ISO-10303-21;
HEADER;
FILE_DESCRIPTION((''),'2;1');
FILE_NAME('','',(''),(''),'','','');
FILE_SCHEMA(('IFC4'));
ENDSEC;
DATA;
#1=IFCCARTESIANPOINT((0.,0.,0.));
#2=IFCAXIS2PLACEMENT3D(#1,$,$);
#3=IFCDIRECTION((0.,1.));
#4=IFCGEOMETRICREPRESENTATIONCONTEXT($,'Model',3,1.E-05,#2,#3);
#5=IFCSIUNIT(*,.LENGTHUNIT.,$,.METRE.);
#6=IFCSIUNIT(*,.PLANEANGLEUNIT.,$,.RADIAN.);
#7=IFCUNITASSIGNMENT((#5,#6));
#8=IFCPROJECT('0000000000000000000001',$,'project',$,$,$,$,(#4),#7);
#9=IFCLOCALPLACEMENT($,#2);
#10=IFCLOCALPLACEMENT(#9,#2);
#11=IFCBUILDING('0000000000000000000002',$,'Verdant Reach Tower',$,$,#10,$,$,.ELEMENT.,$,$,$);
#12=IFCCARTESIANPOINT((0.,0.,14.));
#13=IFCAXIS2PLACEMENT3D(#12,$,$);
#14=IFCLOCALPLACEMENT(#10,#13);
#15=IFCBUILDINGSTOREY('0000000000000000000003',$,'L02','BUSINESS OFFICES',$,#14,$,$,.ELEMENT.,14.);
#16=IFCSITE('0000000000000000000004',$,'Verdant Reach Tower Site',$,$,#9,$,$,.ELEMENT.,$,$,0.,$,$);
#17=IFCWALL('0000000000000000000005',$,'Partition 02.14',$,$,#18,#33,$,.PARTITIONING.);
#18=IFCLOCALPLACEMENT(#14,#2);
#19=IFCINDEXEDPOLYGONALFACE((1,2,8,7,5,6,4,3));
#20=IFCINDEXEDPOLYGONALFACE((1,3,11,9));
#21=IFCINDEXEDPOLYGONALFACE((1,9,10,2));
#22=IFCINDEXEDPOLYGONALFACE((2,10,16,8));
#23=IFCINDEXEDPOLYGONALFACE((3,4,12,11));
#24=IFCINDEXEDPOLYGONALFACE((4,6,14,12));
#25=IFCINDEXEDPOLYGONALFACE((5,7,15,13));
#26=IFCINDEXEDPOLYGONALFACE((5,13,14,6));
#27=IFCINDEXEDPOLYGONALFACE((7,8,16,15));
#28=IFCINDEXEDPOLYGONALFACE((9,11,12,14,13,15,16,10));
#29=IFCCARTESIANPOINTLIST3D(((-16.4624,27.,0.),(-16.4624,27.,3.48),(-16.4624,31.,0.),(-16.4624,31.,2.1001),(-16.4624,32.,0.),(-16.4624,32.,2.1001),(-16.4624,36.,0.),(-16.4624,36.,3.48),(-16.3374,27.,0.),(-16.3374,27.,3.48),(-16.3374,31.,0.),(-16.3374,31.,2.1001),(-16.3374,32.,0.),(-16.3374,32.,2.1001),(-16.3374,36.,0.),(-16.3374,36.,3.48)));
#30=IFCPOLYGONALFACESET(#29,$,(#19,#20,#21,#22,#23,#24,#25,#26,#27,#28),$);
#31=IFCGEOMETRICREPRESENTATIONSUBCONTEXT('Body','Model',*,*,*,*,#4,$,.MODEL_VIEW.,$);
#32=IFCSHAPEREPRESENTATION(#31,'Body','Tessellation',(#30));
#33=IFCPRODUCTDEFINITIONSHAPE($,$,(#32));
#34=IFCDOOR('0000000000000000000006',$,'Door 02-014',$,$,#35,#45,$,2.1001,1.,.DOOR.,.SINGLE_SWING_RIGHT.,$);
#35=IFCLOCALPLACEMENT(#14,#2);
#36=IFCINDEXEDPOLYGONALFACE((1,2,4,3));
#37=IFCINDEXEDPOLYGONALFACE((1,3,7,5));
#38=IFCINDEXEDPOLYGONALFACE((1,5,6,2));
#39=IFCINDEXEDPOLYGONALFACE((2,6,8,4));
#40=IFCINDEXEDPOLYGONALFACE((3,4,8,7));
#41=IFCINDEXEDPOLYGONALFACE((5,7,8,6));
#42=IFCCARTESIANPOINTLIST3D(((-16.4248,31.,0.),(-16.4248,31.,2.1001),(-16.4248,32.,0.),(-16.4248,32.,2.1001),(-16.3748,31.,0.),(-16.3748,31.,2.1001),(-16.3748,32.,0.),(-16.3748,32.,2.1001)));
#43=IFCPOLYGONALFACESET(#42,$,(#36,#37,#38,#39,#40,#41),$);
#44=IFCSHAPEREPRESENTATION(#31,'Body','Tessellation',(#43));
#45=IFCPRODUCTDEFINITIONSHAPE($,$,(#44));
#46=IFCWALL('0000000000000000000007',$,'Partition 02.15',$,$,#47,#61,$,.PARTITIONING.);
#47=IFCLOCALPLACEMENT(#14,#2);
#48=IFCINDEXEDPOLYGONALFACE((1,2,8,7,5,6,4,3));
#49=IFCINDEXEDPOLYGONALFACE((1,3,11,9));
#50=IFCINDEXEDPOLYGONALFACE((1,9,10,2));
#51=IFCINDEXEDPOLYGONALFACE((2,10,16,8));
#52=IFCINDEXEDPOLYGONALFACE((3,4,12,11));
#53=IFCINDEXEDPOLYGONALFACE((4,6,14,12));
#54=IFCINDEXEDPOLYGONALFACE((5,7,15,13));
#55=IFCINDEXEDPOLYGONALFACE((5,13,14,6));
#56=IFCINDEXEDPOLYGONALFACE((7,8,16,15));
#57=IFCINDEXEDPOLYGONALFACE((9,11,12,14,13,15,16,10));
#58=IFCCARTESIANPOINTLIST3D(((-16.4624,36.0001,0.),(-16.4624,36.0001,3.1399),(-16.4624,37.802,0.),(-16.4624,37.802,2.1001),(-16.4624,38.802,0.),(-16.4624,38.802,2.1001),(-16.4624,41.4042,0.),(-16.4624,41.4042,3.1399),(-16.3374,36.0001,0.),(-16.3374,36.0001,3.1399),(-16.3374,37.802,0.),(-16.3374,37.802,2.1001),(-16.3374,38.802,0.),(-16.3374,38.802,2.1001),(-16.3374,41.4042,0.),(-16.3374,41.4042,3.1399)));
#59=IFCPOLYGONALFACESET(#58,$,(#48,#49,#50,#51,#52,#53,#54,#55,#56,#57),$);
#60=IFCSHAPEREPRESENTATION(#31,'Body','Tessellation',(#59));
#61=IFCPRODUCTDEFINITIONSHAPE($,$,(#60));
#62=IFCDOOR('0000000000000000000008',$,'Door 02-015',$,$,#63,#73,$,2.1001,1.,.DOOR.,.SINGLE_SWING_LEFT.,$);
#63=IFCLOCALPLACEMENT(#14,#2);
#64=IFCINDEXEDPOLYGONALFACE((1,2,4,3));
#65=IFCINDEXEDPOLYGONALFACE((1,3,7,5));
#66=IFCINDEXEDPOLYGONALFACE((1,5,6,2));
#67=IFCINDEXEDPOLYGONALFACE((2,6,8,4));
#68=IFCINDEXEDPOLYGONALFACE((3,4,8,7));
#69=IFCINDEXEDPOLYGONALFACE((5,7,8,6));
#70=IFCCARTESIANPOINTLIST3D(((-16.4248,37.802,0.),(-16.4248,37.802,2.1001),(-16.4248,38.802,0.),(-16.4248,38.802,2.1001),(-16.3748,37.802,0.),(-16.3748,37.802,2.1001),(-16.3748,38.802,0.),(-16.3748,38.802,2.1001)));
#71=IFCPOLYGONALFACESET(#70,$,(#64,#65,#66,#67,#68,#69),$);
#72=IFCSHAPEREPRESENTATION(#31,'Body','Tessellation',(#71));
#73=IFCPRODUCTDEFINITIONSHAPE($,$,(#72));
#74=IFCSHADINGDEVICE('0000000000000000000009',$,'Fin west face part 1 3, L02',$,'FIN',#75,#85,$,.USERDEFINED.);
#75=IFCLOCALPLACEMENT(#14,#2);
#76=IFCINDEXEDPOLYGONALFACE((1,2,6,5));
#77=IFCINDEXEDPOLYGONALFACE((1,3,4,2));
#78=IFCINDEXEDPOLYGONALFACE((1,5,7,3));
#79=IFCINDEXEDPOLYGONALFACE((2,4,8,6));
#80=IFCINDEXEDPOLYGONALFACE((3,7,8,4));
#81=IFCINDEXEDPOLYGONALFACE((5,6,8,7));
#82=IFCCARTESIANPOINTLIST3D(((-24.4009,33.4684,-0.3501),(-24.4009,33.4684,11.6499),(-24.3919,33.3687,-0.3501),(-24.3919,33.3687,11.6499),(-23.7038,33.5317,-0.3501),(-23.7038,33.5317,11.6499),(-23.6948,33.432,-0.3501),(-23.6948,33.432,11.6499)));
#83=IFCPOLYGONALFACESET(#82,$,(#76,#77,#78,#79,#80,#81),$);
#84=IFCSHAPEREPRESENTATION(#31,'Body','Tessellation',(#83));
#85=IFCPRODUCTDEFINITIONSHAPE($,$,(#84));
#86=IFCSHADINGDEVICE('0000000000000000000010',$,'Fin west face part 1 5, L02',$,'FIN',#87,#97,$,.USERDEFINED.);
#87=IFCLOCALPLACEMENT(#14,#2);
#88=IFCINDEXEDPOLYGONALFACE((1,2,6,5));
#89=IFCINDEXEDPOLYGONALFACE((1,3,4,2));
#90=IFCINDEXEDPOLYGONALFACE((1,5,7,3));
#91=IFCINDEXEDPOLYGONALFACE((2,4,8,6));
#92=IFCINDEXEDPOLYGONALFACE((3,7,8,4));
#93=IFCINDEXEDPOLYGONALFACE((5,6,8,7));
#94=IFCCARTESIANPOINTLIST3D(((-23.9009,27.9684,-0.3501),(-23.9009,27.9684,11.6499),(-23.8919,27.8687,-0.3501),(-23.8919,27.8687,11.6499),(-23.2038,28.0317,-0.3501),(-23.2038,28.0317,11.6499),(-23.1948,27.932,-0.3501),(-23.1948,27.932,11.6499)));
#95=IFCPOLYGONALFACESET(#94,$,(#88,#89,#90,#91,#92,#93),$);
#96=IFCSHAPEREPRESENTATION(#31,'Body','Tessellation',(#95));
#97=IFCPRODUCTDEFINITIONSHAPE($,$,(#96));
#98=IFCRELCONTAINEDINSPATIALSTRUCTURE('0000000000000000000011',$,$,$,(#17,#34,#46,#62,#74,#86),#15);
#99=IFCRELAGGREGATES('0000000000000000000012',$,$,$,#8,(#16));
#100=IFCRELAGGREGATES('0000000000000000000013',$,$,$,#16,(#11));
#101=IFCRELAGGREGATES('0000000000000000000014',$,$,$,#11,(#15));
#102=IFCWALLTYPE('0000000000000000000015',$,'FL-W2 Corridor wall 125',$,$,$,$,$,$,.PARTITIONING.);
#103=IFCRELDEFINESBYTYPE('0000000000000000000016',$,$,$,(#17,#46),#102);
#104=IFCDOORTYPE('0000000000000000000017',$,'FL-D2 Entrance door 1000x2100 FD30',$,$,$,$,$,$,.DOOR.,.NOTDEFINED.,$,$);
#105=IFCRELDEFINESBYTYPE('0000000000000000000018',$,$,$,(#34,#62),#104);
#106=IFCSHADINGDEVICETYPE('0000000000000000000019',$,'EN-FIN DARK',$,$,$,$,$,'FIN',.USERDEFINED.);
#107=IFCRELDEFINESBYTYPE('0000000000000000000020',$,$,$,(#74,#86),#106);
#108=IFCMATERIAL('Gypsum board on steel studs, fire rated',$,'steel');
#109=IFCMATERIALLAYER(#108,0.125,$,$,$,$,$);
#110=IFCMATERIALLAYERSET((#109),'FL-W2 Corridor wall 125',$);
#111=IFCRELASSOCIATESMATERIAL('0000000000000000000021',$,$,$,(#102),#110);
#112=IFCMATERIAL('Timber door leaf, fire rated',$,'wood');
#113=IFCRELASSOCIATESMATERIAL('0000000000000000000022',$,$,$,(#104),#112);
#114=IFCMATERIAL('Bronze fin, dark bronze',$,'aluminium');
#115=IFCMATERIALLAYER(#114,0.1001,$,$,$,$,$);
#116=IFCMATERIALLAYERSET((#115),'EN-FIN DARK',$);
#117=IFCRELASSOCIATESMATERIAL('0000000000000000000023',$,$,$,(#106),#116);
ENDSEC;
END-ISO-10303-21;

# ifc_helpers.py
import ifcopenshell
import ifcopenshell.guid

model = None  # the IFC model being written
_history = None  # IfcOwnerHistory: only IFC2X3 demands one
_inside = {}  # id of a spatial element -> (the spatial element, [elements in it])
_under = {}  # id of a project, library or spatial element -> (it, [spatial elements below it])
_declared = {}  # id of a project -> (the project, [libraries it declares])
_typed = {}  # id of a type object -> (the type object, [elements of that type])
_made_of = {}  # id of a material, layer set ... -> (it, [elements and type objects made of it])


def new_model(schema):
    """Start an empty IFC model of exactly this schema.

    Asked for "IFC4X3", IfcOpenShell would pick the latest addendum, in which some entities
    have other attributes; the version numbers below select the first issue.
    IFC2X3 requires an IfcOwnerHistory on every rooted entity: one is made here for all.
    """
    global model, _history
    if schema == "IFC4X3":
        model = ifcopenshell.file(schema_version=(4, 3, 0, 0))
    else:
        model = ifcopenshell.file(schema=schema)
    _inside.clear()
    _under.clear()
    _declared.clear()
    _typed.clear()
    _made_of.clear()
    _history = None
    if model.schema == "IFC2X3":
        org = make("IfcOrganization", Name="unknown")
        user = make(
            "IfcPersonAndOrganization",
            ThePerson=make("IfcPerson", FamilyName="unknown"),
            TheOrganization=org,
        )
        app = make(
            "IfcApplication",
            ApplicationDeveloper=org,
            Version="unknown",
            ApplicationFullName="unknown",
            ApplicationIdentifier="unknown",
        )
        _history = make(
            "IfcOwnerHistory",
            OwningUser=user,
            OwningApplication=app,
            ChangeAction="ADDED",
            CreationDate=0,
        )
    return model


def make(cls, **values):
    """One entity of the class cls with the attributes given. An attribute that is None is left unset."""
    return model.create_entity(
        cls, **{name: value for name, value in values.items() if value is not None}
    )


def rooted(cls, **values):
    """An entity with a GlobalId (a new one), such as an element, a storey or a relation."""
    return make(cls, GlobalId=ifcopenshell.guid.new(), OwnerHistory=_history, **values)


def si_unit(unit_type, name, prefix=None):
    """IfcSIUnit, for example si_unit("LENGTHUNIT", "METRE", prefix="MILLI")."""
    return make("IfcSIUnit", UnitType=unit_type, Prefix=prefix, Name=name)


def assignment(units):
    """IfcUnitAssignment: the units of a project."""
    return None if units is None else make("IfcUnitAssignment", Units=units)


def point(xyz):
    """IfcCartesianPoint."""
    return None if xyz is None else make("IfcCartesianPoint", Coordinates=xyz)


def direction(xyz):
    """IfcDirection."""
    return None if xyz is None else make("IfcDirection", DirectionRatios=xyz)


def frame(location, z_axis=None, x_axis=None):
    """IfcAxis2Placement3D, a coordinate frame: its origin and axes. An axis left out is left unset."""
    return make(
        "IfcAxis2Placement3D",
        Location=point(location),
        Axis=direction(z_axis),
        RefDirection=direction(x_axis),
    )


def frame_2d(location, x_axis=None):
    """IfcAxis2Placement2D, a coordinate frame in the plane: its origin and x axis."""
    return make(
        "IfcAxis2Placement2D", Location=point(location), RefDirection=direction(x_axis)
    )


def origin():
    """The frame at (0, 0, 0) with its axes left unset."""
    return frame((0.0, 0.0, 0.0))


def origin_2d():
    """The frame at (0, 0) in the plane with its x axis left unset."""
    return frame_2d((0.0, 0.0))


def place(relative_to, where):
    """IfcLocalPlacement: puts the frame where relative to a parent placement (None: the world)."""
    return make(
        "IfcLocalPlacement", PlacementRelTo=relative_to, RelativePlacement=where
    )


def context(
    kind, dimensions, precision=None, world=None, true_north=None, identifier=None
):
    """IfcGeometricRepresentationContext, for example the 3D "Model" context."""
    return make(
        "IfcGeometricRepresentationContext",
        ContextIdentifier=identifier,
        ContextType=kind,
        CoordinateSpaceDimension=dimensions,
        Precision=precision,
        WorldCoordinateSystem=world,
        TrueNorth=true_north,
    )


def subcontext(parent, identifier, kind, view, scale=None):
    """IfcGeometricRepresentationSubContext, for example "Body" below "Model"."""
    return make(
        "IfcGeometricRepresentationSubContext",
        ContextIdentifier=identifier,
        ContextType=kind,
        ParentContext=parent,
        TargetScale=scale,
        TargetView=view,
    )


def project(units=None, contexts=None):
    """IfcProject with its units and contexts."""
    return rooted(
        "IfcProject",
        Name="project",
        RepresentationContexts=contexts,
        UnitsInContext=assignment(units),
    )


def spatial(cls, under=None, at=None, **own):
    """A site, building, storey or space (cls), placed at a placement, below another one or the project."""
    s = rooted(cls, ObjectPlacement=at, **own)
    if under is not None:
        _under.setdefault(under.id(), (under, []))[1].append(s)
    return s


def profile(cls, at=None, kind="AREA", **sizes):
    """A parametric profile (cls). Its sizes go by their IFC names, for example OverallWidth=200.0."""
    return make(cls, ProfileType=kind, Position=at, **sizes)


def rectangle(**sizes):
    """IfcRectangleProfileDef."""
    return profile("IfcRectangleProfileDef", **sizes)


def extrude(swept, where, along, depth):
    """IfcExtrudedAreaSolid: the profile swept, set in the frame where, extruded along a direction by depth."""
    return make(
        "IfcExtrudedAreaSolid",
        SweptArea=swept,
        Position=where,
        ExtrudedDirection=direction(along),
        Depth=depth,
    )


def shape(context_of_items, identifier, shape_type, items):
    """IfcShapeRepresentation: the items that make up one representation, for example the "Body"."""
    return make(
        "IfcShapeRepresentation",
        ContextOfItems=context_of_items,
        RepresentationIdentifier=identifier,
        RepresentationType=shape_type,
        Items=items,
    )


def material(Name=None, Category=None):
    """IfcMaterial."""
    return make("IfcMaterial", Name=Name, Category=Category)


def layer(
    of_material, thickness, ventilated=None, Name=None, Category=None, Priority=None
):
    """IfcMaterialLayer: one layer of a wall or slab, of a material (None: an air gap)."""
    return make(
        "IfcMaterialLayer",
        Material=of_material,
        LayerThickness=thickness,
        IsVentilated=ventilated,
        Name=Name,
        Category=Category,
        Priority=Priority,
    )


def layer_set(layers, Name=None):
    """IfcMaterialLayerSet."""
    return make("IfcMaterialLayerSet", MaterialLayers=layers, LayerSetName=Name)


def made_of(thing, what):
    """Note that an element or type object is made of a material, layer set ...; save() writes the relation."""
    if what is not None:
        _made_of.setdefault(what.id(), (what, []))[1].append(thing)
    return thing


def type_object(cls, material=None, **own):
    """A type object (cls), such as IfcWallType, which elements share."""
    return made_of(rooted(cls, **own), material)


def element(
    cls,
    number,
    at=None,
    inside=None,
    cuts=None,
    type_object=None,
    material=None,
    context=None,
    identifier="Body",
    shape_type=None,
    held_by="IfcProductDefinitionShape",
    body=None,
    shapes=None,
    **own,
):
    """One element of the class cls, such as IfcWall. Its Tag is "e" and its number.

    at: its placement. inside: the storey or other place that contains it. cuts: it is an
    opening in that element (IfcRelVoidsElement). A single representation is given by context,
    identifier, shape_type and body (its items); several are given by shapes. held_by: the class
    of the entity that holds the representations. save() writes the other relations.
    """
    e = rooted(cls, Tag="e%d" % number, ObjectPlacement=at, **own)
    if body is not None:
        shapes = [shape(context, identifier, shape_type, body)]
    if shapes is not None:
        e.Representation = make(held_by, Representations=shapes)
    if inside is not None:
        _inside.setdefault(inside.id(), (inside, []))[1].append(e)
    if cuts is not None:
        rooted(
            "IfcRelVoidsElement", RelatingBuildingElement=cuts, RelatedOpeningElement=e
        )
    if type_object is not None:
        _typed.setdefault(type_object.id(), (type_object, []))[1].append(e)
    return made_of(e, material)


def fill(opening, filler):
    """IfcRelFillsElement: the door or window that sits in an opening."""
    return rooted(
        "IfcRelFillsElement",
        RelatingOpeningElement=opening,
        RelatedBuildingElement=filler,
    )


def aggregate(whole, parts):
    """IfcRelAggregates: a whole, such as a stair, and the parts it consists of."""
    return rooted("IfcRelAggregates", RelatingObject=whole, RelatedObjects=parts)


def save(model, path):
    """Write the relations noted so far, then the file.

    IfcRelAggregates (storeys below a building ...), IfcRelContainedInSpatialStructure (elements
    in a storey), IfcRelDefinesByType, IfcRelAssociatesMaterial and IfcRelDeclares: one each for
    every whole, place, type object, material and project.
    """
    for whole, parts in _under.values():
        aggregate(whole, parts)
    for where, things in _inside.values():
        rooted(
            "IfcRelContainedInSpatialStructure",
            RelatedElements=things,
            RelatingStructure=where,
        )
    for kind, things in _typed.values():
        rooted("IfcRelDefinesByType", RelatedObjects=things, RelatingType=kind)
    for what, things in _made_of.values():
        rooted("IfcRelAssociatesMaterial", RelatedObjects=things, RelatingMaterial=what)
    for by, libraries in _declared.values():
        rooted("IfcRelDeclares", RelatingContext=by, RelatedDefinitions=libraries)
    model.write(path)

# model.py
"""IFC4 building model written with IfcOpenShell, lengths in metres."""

from ifc_helpers import new_model, si_unit, direction, frame, frame_2d, origin, origin_2d, place, context, subcontext, project, spatial, rectangle, extrude, material, layer, layer_set, type_object, element, fill, save


model = new_model("IFC4")

# Units and contexts
model_context = context("Model", 3, precision=1e-05, world=origin(), true_north=direction((0.0, 1.0)))
body_context = subcontext(model_context, "Body", "Model", "MODEL_VIEW")
ifc_project = project(units=[si_unit("LENGTHUNIT", "METRE"), si_unit("PLANEANGLEUNIT", "RADIAN")], contexts=[model_context])

# Site, building, storey
site_placement = place(None, origin())
site = spatial("IfcSite", under=ifc_project, at=site_placement, Name="Verdant Reach Tower Site", CompositionType="ELEMENT", RefElevation=0.0)
building_placement = place(site_placement, origin())
building = spatial("IfcBuilding", under=site, at=building_placement, Name="Verdant Reach Tower", CompositionType="ELEMENT")
storey_placement = place(building_placement, frame((0.0, 0.0, 14.0)))
storey = spatial("IfcBuildingStorey", under=building, at=storey_placement, Name="L02", Description="BUSINESS OFFICES", CompositionType="ELEMENT", Elevation=14.0)

# Walls, openings, doors
ifc_material_1 = material(Name="Gypsum board on steel studs, fire rated", Category="steel")
ifc_layer_1 = layer(ifc_material_1, 0.125)
ifc_layer_set_1 = layer_set([ifc_layer_1], Name="FL-W2 Corridor wall 125")
wall_type_1 = type_object("IfcWallType", Name="FL-W2 Corridor wall 125", PredefinedType="PARTITIONING", material=ifc_layer_set_1)
wall_1_placement = place(storey_placement, frame((-16.3999, 27.0, 0.0), z_axis=(0.0, 0.0, 1.0), x_axis=(0.0, 1.0, 0.0)))
wall_1 = element("IfcWall", 1, at=wall_1_placement, inside=storey, type_object=wall_type_1, Name="Partition 02.14", PredefinedType="PARTITIONING", context=body_context, shape_type="SweptSolid", body=[
    extrude(rectangle(XDim=9.0, YDim=0.125, at=frame_2d((4.5, 0.0))), origin(), (0.0, 0.0, 1.0), 3.48),
])
opening_1_placement = place(wall_1_placement, frame((4.0, 0.0, 0.0)))
opening_1 = element("IfcOpeningElement", 2, at=opening_1_placement, cuts=wall_1, PredefinedType="OPENING", context=body_context, shape_type="SweptSolid", body=[
    extrude(rectangle(XDim=1.0, YDim=2.1001, at=frame_2d((0.5, 1.05))), frame((0.0, 0.0725, 0.0), z_axis=(0.0, -1.0, 0.0), x_axis=(1.0, 0.0, 0.0)), (0.0, 0.0, 1.0), 0.145),
])
ifc_material_2 = material(Name="Timber door leaf, fire rated", Category="wood")
door_type = type_object("IfcDoorType", Name="FL-D2 Entrance door 1000x2100 FD30", OperationType="NOTDEFINED", PredefinedType="DOOR", material=ifc_material_2)
door_1_placement = place(opening_1_placement, origin())
door_1 = element("IfcDoor", 3, at=door_1_placement, inside=storey, type_object=door_type, Name="Door 02-014", OperationType="SINGLE_SWING_RIGHT", OverallHeight=2.1001, OverallWidth=1.0, PredefinedType="DOOR", context=body_context, shape_type="SweptSolid", body=[
    extrude(rectangle(XDim=1.0, YDim=2.1001, at=frame_2d((0.5, 1.05))), frame((0.0, 0.0249, 0.0), z_axis=(0.0, -1.0, 0.0), x_axis=(1.0, 0.0, 0.0)), (0.0, 0.0, 1.0), 0.05),
])
fill(opening_1, door_1)
wall_2_placement = place(storey_placement, frame((-16.3999, 36.0, 0.0), z_axis=(0.0, 0.0, 1.0), x_axis=(0.0, 1.0, 0.0)))
wall_2 = element("IfcWall", 4, at=wall_2_placement, inside=storey, type_object=wall_type_1, Name="Partition 02.15", PredefinedType="PARTITIONING", context=body_context, shape_type="SweptSolid", body=[
    extrude(rectangle(XDim=5.4041, YDim=0.125, at=frame_2d((2.7021, 0.0))), origin(), (0.0, 0.0, 1.0), 3.1399),
])
opening_2_placement = place(wall_2_placement, frame((1.802, 0.0, 0.0)))
opening_2 = element("IfcOpeningElement", 5, at=opening_2_placement, cuts=wall_2, PredefinedType="OPENING", context=body_context, shape_type="SweptSolid", body=[
    extrude(rectangle(XDim=1.0, YDim=2.1001, at=frame_2d((0.5, 1.05))), frame((0.0, 0.0725, 0.0), z_axis=(0.0, -1.0, 0.0), x_axis=(1.0, 0.0, 0.0)), (0.0, 0.0, 1.0), 0.145),
])
door_2_placement = place(opening_2_placement, origin())
door_2 = element("IfcDoor", 6, at=door_2_placement, inside=storey, type_object=door_type, Name="Door 02-015", OperationType="SINGLE_SWING_LEFT", OverallHeight=2.1001, OverallWidth=1.0, PredefinedType="DOOR", context=body_context, shape_type="SweptSolid", body=[
    extrude(rectangle(XDim=1.0, YDim=2.1001, at=frame_2d((0.5, 1.05))), frame((0.0, 0.0249, 0.0), z_axis=(0.0, -1.0, 0.0), x_axis=(1.0, 0.0, 0.0)), (0.0, 0.0, 1.0), 0.05),
])
fill(opening_2, door_2)

# Shading devices
ifc_material_3 = material(Name="Bronze fin, dark bronze", Category="aluminium")
ifc_layer_2 = layer(ifc_material_3, 0.1001)
ifc_layer_set_2 = layer_set([ifc_layer_2], Name="EN-FIN DARK")
shading_device_type = type_object("IfcShadingDeviceType", Name="EN-FIN DARK", ElementType="FIN", PredefinedType="USERDEFINED", material=ifc_layer_set_2)
for number, where, z_axis, x_axis, name in (
    (7, (-24.0479, 33.4502, -0.3501), (0.0, 0.0, 1.0), (0.090536, -0.995893, 0.0), "Fin west face part 1 3, L02"),
    (8, (-23.5479, 27.9502, -0.3501), (0.0, 0.0, 1.0), (0.090536, -0.995893, 0.0), "Fin west face part 1 5, L02"),
):
    element("IfcShadingDevice", number, at=place(storey_placement, frame(where, z_axis=z_axis, x_axis=x_axis)), inside=storey, type_object=shading_device_type, Name=name, ObjectType="FIN", PredefinedType="USERDEFINED", context=body_context, shape_type="SweptSolid", body=[
        extrude(rectangle(XDim=0.1001, YDim=0.7, at=origin_2d()), origin(), (0.0, 0.0, 1.0), 12.0),
    ])

save(model, "model.ifc")
